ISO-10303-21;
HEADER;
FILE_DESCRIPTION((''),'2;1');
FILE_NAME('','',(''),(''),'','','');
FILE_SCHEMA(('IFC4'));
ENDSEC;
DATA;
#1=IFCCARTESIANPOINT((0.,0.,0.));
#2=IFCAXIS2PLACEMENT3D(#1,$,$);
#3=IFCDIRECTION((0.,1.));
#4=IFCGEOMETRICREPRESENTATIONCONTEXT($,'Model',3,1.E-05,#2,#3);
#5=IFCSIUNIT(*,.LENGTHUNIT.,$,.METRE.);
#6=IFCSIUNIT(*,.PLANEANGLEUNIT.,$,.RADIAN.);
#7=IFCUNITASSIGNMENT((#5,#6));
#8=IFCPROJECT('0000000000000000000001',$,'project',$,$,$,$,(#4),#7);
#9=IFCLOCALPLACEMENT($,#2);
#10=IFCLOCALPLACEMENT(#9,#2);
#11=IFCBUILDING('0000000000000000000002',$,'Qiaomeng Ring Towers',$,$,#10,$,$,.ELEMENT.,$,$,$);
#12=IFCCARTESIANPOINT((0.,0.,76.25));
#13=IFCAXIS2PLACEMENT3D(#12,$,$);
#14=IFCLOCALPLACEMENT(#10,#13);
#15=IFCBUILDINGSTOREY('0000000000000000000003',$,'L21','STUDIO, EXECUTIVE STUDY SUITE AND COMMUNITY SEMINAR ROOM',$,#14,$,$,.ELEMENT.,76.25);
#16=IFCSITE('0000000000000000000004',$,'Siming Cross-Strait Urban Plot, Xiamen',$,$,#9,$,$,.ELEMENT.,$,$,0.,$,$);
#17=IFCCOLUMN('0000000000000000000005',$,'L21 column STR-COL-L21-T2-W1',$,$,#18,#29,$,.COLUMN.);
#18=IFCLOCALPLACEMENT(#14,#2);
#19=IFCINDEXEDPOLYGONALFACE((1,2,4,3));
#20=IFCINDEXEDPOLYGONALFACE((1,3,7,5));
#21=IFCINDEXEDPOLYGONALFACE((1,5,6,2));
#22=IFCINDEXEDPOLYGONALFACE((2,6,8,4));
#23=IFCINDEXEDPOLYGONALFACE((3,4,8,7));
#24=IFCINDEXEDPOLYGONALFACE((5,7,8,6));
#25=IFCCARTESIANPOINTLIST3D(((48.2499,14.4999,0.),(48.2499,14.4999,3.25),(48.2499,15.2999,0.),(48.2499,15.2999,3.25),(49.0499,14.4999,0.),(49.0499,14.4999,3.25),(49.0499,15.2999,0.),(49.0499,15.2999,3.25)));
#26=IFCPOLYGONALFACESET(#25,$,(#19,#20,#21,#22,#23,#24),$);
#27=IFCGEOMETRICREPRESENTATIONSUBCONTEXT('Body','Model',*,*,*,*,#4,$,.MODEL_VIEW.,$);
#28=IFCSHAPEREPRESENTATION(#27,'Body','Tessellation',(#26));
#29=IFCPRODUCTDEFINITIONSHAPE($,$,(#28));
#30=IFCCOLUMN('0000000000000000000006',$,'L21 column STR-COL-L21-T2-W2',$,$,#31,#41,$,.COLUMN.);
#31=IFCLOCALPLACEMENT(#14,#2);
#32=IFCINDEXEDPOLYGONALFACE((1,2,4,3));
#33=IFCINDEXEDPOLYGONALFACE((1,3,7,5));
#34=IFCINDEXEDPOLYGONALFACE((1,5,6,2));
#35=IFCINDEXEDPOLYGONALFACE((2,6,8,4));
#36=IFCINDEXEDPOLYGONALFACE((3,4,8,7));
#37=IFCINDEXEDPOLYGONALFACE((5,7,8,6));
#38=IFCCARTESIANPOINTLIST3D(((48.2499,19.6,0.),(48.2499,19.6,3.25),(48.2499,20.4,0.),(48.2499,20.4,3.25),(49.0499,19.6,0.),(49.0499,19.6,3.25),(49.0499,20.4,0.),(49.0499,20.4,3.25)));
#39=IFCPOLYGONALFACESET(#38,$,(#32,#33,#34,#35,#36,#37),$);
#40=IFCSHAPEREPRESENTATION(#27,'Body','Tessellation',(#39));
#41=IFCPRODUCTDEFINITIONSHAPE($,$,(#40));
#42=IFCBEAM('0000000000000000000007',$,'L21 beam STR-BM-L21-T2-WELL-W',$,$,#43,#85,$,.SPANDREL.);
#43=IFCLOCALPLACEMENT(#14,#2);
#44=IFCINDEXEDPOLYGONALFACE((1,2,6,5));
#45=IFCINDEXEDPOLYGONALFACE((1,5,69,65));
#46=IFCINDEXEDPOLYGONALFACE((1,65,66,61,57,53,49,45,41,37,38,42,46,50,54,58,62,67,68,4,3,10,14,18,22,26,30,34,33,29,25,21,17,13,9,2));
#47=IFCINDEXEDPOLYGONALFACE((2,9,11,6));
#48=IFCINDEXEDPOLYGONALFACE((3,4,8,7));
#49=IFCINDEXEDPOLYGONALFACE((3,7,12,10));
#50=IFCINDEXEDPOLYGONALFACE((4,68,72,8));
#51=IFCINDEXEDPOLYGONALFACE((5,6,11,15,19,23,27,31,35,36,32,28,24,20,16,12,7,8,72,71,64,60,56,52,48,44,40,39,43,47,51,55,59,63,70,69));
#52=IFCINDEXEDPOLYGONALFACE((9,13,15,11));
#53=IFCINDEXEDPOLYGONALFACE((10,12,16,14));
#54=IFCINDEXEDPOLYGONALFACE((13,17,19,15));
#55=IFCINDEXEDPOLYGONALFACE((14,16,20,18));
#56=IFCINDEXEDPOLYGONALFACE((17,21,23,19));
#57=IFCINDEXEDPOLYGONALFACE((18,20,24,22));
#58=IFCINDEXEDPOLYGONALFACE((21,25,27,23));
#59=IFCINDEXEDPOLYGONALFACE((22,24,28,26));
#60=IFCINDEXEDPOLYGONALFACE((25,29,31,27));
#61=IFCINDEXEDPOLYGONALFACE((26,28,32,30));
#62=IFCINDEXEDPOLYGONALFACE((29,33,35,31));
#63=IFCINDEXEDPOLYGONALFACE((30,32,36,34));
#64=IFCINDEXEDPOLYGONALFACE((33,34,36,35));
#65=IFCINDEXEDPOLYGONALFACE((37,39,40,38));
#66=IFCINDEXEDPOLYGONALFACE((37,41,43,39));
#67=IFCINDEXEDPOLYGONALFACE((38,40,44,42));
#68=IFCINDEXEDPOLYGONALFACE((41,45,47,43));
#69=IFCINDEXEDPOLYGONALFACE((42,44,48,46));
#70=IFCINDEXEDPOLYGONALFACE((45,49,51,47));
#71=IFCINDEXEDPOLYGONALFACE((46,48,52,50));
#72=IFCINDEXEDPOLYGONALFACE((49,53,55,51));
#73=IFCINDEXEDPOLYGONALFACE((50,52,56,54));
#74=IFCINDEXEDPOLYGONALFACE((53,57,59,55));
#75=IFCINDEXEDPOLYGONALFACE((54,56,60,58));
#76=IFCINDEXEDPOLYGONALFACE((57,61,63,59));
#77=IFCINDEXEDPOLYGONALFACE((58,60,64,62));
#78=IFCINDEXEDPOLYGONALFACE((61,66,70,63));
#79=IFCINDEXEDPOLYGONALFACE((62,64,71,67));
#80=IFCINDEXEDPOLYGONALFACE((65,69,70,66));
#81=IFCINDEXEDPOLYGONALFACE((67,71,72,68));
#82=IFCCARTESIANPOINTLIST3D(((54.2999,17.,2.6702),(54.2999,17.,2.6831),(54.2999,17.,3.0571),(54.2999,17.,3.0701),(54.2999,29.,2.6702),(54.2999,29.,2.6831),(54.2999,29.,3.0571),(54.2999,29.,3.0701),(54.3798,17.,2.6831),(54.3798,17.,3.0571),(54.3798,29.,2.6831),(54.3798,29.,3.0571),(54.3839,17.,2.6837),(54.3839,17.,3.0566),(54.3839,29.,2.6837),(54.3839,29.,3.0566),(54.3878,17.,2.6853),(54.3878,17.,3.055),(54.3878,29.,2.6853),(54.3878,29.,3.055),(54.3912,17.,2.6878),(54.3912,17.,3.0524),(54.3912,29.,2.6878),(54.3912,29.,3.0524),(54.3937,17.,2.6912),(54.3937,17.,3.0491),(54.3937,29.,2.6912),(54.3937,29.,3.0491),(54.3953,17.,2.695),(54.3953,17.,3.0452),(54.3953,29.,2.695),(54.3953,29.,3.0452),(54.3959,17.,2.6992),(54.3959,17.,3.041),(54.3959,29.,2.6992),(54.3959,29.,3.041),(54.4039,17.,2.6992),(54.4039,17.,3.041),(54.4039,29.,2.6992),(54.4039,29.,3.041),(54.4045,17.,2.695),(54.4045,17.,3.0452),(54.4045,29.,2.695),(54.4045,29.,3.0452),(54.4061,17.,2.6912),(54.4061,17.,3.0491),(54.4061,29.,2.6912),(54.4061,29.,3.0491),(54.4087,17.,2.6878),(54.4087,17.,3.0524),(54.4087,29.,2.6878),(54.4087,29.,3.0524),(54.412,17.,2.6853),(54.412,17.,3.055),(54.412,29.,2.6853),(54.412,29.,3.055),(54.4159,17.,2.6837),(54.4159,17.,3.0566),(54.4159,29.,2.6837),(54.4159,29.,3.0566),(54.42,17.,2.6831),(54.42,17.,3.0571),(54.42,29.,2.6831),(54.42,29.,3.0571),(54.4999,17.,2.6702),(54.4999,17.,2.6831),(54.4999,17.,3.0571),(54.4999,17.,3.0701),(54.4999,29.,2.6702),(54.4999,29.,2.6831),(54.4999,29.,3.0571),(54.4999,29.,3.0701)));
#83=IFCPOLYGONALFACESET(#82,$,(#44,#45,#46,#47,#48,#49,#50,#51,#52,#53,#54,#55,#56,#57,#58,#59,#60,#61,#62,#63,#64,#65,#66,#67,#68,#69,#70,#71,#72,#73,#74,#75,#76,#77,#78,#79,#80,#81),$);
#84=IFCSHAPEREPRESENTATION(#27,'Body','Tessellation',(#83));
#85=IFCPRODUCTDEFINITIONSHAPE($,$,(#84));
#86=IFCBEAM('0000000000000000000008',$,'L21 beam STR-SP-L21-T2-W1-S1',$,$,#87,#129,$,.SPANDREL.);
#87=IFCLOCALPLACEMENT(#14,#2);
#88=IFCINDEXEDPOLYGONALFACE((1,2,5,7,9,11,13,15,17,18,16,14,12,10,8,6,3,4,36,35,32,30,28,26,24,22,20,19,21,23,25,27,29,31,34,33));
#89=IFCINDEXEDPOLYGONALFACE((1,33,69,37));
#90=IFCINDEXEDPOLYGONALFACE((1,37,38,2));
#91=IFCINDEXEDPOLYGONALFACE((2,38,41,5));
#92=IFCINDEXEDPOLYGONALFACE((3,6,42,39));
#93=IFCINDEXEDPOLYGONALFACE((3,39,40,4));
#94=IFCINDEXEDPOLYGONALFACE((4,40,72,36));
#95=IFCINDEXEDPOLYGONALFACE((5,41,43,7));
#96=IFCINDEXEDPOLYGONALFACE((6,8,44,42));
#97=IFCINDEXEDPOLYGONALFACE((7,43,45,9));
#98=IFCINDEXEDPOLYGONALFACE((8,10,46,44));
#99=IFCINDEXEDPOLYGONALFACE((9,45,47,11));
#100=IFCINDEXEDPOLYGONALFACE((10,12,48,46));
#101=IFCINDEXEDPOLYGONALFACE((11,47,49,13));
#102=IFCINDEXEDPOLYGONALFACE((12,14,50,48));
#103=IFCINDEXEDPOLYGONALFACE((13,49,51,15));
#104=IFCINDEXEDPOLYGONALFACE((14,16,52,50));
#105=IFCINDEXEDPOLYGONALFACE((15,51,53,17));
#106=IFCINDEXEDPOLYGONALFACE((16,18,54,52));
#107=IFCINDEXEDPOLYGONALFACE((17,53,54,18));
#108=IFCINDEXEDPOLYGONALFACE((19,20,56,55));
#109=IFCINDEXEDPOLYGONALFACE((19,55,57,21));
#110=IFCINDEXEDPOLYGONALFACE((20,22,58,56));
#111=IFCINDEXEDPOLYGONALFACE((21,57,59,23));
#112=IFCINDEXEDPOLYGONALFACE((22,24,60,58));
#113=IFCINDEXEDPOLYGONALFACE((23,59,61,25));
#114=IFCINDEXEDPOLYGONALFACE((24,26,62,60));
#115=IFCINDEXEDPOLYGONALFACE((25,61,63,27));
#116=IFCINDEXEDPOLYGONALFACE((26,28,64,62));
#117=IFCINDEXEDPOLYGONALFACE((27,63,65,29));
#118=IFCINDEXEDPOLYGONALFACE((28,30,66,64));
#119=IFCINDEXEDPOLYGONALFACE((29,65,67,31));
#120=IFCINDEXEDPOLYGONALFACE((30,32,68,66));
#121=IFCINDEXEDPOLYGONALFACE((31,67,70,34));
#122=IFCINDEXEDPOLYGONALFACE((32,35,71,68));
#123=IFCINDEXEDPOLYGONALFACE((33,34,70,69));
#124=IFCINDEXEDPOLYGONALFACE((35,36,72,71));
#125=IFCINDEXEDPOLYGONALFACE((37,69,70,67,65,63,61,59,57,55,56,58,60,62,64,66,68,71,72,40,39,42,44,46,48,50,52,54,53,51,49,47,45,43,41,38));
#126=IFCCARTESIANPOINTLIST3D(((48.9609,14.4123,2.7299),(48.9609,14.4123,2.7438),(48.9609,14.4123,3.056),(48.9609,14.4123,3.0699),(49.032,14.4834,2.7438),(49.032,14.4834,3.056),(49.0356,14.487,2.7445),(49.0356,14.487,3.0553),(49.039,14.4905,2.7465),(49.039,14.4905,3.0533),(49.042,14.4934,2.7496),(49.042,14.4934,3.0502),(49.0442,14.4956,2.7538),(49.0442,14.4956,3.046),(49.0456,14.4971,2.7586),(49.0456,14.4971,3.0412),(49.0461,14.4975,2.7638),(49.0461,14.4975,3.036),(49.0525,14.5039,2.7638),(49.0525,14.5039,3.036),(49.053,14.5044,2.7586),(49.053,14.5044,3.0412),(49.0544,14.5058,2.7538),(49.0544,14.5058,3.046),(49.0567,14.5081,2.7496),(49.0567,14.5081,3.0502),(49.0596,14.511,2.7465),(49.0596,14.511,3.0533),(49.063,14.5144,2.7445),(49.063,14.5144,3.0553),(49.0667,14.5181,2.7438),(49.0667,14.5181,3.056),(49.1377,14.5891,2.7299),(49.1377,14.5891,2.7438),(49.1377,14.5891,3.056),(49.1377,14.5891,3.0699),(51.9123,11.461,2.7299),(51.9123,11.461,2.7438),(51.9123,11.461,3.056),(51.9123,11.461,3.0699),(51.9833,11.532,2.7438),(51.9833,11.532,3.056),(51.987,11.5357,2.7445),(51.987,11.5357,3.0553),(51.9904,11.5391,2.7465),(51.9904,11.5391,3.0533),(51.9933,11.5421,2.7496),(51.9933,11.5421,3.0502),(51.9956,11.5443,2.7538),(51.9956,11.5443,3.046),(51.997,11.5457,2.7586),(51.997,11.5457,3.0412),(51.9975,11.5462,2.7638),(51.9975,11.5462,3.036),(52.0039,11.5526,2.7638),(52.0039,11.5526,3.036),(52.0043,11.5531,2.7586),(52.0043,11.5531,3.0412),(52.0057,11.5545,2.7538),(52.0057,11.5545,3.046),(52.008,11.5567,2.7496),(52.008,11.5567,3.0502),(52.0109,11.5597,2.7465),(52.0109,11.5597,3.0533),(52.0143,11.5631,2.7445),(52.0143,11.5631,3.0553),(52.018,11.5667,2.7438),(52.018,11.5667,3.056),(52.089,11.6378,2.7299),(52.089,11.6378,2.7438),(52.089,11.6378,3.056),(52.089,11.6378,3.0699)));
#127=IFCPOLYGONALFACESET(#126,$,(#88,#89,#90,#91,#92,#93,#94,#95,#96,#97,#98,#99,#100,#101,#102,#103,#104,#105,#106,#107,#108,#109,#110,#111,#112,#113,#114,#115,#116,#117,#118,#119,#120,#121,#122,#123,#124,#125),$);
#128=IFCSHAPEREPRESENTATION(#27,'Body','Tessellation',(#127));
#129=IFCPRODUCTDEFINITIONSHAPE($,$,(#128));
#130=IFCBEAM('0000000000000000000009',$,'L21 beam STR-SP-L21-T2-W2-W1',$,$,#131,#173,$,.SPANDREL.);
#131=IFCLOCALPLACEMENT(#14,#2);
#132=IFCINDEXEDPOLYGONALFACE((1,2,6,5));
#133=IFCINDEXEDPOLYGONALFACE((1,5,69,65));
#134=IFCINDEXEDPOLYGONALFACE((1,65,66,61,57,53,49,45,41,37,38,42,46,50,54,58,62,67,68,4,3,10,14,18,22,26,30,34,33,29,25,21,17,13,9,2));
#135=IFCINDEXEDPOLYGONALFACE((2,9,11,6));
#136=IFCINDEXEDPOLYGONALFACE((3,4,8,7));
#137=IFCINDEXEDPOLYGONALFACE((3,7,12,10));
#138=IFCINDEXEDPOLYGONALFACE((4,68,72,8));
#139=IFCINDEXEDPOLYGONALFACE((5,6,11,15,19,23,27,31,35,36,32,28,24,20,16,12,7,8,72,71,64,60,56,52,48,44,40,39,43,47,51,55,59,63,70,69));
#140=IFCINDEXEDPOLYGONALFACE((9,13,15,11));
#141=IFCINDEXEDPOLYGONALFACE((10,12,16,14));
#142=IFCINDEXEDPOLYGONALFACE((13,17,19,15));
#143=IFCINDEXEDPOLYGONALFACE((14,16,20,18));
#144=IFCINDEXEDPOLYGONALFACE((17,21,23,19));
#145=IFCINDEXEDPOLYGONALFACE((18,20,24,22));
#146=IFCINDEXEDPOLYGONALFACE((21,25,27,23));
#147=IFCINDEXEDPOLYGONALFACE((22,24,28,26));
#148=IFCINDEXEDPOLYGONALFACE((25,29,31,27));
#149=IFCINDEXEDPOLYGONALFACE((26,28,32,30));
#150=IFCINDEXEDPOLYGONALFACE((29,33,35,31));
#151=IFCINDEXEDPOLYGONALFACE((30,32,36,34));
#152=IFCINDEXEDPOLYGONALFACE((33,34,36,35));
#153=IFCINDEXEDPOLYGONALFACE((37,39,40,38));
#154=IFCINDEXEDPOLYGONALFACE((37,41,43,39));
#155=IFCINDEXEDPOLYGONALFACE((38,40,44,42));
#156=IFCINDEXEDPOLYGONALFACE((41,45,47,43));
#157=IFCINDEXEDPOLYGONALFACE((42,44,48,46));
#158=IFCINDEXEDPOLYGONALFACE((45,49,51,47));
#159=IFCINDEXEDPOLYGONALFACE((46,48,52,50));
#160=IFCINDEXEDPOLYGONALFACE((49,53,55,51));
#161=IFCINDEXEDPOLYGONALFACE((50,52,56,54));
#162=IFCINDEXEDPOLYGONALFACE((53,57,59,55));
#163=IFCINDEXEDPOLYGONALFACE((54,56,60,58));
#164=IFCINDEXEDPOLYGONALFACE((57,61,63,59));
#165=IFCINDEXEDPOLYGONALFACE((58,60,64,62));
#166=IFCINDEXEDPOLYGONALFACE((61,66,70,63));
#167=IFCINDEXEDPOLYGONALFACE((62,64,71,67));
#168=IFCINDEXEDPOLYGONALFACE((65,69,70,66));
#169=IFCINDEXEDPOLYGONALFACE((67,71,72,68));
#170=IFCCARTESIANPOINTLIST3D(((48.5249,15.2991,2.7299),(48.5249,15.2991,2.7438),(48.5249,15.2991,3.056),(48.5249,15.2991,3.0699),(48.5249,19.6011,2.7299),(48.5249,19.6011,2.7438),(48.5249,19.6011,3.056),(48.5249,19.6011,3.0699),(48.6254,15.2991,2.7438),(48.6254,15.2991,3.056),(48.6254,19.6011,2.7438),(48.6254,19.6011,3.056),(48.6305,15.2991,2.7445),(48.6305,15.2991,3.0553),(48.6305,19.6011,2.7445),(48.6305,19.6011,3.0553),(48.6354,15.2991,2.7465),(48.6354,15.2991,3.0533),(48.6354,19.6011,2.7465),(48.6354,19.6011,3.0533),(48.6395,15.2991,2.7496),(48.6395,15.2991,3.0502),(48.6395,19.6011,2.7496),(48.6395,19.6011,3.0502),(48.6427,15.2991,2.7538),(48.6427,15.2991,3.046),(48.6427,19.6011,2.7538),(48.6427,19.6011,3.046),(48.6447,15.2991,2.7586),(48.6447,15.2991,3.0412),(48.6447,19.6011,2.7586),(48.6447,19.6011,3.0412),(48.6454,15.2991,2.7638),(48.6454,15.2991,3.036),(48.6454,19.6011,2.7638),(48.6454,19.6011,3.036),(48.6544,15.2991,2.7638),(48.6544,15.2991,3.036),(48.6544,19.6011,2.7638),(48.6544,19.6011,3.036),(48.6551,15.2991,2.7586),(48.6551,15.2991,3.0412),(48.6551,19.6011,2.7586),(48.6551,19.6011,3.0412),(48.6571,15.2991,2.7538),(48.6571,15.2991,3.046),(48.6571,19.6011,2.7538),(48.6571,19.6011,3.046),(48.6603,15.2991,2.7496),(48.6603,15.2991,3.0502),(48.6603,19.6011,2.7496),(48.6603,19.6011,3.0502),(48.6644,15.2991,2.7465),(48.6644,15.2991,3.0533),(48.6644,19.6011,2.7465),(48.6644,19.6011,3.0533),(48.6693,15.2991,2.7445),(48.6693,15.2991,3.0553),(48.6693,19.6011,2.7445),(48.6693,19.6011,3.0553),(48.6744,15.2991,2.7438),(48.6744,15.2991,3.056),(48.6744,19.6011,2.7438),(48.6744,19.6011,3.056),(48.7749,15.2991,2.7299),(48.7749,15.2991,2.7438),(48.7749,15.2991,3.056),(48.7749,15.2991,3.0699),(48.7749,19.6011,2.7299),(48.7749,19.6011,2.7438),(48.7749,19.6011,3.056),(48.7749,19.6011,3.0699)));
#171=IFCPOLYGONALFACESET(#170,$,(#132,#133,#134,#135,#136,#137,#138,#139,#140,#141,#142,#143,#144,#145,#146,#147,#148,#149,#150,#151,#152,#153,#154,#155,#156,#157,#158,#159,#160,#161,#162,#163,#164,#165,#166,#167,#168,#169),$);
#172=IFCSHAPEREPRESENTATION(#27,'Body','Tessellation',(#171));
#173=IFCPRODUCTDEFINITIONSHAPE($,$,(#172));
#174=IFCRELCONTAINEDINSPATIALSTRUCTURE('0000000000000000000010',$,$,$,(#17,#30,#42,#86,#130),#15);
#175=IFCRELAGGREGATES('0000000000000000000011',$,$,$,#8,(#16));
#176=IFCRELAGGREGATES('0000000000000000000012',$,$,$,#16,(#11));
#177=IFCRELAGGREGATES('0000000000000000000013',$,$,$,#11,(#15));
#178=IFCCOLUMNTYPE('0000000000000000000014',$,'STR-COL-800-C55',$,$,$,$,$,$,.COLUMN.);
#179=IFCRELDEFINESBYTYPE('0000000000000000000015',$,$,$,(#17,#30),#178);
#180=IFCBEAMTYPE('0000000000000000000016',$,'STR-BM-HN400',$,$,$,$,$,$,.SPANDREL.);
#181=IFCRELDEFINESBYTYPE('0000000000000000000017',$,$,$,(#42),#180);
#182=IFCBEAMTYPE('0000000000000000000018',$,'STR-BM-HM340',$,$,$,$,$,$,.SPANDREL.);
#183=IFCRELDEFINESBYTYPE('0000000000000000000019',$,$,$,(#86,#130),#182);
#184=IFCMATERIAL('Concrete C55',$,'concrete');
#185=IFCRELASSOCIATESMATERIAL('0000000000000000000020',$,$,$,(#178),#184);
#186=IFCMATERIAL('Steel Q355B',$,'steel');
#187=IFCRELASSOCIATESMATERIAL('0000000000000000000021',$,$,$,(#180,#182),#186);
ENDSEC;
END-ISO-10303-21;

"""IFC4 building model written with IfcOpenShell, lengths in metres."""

from ifc_helpers import new_model, si_unit, direction, frame, origin, origin_2d, place, context, subcontext, project, spatial, rectangle, i_section, extrude, source, transform, mapped, material, material_profile, profile_set, type_object, element, save


model = new_model("IFC4")

# Units and contexts
model_context = context("Model", 3, precision=1e-05, world=origin(), true_north=direction((0.0, 1.0)))
body_context = subcontext(model_context, "Body", "Model", "MODEL_VIEW")
ifc_project = project(units=[si_unit("LENGTHUNIT", "METRE"), si_unit("PLANEANGLEUNIT", "RADIAN")], contexts=[model_context])

# Site, building, storey
site_placement = place(None, origin())
site = spatial("IfcSite", under=ifc_project, at=site_placement, Name="Siming Cross-Strait Urban Plot, Xiamen", CompositionType="ELEMENT", RefElevation=0.0)
building_placement = place(site_placement, origin())
building = spatial("IfcBuilding", under=site, at=building_placement, Name="Qiaomeng Ring Towers", CompositionType="ELEMENT")
storey_placement = place(building_placement, frame((0.0, 0.0, 76.25)))
storey = spatial("IfcBuildingStorey", under=building, at=storey_placement, Name="L21", Description="STUDIO, EXECUTIVE STUDY SUITE AND COMMUNITY SEMINAR ROOM", CompositionType="ELEMENT", Elevation=76.25)

# Columns
ifc_material_1 = material(Name="Concrete C55", Category="concrete")
ifc_material_profile_1 = material_profile(ifc_material_1, rectangle(XDim=0.8, YDim=0.8, at=origin_2d()), Name="RC COL 800x800")
ifc_profile_set_1 = profile_set([ifc_material_profile_1], Name="Concrete C55")
column_type = type_object("IfcColumnType", Name="STR-COL-800-C55", PredefinedType="COLUMN", material=ifc_profile_set_1)
shared_shape_1 = source(origin(), body_context, "Body", "SweptSolid", [
    extrude(rectangle(XDim=0.8, YDim=0.8, at=origin_2d()), origin(), (0.0, 0.0, 1.0), 3.25),
])
for number, where, z_axis, x_axis, name in (
    (1, (48.6499, 14.8999, 0.0), (0.0, 0.0, 1.0), (1.0, 0.0, 0.0), "L21 column STR-COL-L21-T2-W1"),
    (2, (48.6499, 20.0, 0.0), (0.0, 0.0, 1.0), (1.0, 0.0, 0.0), "L21 column STR-COL-L21-T2-W2"),
):
    element("IfcColumn", number, at=place(storey_placement, frame(where, z_axis=z_axis, x_axis=x_axis)), inside=storey, type_object=column_type, Name=name, PredefinedType="COLUMN", context=body_context, shape_type="MappedRepresentation", body=[
        mapped(shared_shape_1, transform((0.0, 0.0, 0.0), x_axis=(1.0, 0.0, 0.0), y_axis=(0.0, 1.0, 0.0), z_axis=(0.0, 0.0, 1.0), scale=1.0)),
    ])

# Beams
ifc_material_2 = material(Name="Steel Q355B", Category="steel")
ifc_material_profile_2 = material_profile(ifc_material_2, i_section(OverallWidth=0.2, OverallDepth=0.3999, WebThickness=0.0081, FlangeThickness=0.0129, FilletRadius=0.0161, at=origin_2d()), Name="HN 400x200x8x13")
ifc_profile_set_2 = profile_set([ifc_material_profile_2], Name="Steel Q355B")
beam_type_1 = type_object("IfcBeamType", Name="STR-BM-HN400", PredefinedType="SPANDREL", material=ifc_profile_set_2)
shared_shape_2 = source(origin(), body_context, "Body", "SweptSolid", [
    extrude(i_section(OverallWidth=0.2, OverallDepth=0.3999, WebThickness=0.0081, FlangeThickness=0.0129, FilletRadius=0.0161, at=origin_2d()), origin(), (0.0, 0.0, 1.0), 12.0),
])
beam_1_placement = place(storey_placement, frame((54.3999, 17.0, 2.8701), z_axis=(0.0, 1.0, 0.0), x_axis=(-1.0, 0.0, 0.0)))
element("IfcBeam", 3, at=beam_1_placement, inside=storey, type_object=beam_type_1, Name="L21 beam STR-BM-L21-T2-WELL-W", PredefinedType="SPANDREL", context=body_context, shape_type="MappedRepresentation", body=[
    mapped(shared_shape_2, transform((0.0, 0.0, 0.0), x_axis=(1.0, 0.0, 0.0), y_axis=(0.0, 1.0, 0.0), z_axis=(0.0, 0.0, 1.0), scale=1.0)),
])
ifc_material_profile_3 = material_profile(ifc_material_2, i_section(OverallWidth=0.25, OverallDepth=0.3401, WebThickness=0.009, FlangeThickness=0.0139, FilletRadius=0.02, at=origin_2d()), Name="HM 340x250x9x14")
ifc_profile_set_3 = profile_set([ifc_material_profile_3], Name="Steel Q355B")
beam_type_2 = type_object("IfcBeamType", Name="STR-BM-HM340", PredefinedType="SPANDREL", material=ifc_profile_set_3)
shared_shape_3 = source(origin(), body_context, "Body", "SweptSolid", [
    extrude(i_section(OverallWidth=0.25, OverallDepth=0.3401, WebThickness=0.009, FlangeThickness=0.0139, FilletRadius=0.02, at=origin_2d()), origin(), (0.0, 0.0, 1.0), 4.1738),
])
beam_2_placement = place(storey_placement, frame((49.0493, 14.5007, 2.8999), z_axis=(0.707107, -0.707107, 0.0), x_axis=(0.707107, 0.707107, 0.0)))
element("IfcBeam", 4, at=beam_2_placement, inside=storey, type_object=beam_type_2, Name="L21 beam STR-SP-L21-T2-W1-S1", PredefinedType="SPANDREL", context=body_context, shape_type="MappedRepresentation", body=[
    mapped(shared_shape_3, transform((0.0, 0.0, 0.0), x_axis=(1.0, 0.0, 0.0), y_axis=(0.0, 1.0, 0.0), z_axis=(0.0, 0.0, 1.0), scale=1.0)),
])
shared_shape_4 = source(origin(), body_context, "Body", "SweptSolid", [
    extrude(i_section(OverallWidth=0.25, OverallDepth=0.3401, WebThickness=0.009, FlangeThickness=0.0139, FilletRadius=0.02, at=origin_2d()), origin(), (0.0, 0.0, 1.0), 4.302),
])
beam_3_placement = place(storey_placement, frame((48.6499, 19.6011, 2.8999), z_axis=(0.0, -1.0, 0.0), x_axis=(1.0, 0.0, 0.0)))
element("IfcBeam", 5, at=beam_3_placement, inside=storey, type_object=beam_type_2, Name="L21 beam STR-SP-L21-T2-W2-W1", PredefinedType="SPANDREL", context=body_context, shape_type="MappedRepresentation", body=[
    mapped(shared_shape_4, transform((0.0, 0.0, 0.0), x_axis=(1.0, 0.0, 0.0), y_axis=(0.0, 1.0, 0.0), z_axis=(0.0, 0.0, 1.0), scale=1.0)),
])

save(model, "model.ifc")
